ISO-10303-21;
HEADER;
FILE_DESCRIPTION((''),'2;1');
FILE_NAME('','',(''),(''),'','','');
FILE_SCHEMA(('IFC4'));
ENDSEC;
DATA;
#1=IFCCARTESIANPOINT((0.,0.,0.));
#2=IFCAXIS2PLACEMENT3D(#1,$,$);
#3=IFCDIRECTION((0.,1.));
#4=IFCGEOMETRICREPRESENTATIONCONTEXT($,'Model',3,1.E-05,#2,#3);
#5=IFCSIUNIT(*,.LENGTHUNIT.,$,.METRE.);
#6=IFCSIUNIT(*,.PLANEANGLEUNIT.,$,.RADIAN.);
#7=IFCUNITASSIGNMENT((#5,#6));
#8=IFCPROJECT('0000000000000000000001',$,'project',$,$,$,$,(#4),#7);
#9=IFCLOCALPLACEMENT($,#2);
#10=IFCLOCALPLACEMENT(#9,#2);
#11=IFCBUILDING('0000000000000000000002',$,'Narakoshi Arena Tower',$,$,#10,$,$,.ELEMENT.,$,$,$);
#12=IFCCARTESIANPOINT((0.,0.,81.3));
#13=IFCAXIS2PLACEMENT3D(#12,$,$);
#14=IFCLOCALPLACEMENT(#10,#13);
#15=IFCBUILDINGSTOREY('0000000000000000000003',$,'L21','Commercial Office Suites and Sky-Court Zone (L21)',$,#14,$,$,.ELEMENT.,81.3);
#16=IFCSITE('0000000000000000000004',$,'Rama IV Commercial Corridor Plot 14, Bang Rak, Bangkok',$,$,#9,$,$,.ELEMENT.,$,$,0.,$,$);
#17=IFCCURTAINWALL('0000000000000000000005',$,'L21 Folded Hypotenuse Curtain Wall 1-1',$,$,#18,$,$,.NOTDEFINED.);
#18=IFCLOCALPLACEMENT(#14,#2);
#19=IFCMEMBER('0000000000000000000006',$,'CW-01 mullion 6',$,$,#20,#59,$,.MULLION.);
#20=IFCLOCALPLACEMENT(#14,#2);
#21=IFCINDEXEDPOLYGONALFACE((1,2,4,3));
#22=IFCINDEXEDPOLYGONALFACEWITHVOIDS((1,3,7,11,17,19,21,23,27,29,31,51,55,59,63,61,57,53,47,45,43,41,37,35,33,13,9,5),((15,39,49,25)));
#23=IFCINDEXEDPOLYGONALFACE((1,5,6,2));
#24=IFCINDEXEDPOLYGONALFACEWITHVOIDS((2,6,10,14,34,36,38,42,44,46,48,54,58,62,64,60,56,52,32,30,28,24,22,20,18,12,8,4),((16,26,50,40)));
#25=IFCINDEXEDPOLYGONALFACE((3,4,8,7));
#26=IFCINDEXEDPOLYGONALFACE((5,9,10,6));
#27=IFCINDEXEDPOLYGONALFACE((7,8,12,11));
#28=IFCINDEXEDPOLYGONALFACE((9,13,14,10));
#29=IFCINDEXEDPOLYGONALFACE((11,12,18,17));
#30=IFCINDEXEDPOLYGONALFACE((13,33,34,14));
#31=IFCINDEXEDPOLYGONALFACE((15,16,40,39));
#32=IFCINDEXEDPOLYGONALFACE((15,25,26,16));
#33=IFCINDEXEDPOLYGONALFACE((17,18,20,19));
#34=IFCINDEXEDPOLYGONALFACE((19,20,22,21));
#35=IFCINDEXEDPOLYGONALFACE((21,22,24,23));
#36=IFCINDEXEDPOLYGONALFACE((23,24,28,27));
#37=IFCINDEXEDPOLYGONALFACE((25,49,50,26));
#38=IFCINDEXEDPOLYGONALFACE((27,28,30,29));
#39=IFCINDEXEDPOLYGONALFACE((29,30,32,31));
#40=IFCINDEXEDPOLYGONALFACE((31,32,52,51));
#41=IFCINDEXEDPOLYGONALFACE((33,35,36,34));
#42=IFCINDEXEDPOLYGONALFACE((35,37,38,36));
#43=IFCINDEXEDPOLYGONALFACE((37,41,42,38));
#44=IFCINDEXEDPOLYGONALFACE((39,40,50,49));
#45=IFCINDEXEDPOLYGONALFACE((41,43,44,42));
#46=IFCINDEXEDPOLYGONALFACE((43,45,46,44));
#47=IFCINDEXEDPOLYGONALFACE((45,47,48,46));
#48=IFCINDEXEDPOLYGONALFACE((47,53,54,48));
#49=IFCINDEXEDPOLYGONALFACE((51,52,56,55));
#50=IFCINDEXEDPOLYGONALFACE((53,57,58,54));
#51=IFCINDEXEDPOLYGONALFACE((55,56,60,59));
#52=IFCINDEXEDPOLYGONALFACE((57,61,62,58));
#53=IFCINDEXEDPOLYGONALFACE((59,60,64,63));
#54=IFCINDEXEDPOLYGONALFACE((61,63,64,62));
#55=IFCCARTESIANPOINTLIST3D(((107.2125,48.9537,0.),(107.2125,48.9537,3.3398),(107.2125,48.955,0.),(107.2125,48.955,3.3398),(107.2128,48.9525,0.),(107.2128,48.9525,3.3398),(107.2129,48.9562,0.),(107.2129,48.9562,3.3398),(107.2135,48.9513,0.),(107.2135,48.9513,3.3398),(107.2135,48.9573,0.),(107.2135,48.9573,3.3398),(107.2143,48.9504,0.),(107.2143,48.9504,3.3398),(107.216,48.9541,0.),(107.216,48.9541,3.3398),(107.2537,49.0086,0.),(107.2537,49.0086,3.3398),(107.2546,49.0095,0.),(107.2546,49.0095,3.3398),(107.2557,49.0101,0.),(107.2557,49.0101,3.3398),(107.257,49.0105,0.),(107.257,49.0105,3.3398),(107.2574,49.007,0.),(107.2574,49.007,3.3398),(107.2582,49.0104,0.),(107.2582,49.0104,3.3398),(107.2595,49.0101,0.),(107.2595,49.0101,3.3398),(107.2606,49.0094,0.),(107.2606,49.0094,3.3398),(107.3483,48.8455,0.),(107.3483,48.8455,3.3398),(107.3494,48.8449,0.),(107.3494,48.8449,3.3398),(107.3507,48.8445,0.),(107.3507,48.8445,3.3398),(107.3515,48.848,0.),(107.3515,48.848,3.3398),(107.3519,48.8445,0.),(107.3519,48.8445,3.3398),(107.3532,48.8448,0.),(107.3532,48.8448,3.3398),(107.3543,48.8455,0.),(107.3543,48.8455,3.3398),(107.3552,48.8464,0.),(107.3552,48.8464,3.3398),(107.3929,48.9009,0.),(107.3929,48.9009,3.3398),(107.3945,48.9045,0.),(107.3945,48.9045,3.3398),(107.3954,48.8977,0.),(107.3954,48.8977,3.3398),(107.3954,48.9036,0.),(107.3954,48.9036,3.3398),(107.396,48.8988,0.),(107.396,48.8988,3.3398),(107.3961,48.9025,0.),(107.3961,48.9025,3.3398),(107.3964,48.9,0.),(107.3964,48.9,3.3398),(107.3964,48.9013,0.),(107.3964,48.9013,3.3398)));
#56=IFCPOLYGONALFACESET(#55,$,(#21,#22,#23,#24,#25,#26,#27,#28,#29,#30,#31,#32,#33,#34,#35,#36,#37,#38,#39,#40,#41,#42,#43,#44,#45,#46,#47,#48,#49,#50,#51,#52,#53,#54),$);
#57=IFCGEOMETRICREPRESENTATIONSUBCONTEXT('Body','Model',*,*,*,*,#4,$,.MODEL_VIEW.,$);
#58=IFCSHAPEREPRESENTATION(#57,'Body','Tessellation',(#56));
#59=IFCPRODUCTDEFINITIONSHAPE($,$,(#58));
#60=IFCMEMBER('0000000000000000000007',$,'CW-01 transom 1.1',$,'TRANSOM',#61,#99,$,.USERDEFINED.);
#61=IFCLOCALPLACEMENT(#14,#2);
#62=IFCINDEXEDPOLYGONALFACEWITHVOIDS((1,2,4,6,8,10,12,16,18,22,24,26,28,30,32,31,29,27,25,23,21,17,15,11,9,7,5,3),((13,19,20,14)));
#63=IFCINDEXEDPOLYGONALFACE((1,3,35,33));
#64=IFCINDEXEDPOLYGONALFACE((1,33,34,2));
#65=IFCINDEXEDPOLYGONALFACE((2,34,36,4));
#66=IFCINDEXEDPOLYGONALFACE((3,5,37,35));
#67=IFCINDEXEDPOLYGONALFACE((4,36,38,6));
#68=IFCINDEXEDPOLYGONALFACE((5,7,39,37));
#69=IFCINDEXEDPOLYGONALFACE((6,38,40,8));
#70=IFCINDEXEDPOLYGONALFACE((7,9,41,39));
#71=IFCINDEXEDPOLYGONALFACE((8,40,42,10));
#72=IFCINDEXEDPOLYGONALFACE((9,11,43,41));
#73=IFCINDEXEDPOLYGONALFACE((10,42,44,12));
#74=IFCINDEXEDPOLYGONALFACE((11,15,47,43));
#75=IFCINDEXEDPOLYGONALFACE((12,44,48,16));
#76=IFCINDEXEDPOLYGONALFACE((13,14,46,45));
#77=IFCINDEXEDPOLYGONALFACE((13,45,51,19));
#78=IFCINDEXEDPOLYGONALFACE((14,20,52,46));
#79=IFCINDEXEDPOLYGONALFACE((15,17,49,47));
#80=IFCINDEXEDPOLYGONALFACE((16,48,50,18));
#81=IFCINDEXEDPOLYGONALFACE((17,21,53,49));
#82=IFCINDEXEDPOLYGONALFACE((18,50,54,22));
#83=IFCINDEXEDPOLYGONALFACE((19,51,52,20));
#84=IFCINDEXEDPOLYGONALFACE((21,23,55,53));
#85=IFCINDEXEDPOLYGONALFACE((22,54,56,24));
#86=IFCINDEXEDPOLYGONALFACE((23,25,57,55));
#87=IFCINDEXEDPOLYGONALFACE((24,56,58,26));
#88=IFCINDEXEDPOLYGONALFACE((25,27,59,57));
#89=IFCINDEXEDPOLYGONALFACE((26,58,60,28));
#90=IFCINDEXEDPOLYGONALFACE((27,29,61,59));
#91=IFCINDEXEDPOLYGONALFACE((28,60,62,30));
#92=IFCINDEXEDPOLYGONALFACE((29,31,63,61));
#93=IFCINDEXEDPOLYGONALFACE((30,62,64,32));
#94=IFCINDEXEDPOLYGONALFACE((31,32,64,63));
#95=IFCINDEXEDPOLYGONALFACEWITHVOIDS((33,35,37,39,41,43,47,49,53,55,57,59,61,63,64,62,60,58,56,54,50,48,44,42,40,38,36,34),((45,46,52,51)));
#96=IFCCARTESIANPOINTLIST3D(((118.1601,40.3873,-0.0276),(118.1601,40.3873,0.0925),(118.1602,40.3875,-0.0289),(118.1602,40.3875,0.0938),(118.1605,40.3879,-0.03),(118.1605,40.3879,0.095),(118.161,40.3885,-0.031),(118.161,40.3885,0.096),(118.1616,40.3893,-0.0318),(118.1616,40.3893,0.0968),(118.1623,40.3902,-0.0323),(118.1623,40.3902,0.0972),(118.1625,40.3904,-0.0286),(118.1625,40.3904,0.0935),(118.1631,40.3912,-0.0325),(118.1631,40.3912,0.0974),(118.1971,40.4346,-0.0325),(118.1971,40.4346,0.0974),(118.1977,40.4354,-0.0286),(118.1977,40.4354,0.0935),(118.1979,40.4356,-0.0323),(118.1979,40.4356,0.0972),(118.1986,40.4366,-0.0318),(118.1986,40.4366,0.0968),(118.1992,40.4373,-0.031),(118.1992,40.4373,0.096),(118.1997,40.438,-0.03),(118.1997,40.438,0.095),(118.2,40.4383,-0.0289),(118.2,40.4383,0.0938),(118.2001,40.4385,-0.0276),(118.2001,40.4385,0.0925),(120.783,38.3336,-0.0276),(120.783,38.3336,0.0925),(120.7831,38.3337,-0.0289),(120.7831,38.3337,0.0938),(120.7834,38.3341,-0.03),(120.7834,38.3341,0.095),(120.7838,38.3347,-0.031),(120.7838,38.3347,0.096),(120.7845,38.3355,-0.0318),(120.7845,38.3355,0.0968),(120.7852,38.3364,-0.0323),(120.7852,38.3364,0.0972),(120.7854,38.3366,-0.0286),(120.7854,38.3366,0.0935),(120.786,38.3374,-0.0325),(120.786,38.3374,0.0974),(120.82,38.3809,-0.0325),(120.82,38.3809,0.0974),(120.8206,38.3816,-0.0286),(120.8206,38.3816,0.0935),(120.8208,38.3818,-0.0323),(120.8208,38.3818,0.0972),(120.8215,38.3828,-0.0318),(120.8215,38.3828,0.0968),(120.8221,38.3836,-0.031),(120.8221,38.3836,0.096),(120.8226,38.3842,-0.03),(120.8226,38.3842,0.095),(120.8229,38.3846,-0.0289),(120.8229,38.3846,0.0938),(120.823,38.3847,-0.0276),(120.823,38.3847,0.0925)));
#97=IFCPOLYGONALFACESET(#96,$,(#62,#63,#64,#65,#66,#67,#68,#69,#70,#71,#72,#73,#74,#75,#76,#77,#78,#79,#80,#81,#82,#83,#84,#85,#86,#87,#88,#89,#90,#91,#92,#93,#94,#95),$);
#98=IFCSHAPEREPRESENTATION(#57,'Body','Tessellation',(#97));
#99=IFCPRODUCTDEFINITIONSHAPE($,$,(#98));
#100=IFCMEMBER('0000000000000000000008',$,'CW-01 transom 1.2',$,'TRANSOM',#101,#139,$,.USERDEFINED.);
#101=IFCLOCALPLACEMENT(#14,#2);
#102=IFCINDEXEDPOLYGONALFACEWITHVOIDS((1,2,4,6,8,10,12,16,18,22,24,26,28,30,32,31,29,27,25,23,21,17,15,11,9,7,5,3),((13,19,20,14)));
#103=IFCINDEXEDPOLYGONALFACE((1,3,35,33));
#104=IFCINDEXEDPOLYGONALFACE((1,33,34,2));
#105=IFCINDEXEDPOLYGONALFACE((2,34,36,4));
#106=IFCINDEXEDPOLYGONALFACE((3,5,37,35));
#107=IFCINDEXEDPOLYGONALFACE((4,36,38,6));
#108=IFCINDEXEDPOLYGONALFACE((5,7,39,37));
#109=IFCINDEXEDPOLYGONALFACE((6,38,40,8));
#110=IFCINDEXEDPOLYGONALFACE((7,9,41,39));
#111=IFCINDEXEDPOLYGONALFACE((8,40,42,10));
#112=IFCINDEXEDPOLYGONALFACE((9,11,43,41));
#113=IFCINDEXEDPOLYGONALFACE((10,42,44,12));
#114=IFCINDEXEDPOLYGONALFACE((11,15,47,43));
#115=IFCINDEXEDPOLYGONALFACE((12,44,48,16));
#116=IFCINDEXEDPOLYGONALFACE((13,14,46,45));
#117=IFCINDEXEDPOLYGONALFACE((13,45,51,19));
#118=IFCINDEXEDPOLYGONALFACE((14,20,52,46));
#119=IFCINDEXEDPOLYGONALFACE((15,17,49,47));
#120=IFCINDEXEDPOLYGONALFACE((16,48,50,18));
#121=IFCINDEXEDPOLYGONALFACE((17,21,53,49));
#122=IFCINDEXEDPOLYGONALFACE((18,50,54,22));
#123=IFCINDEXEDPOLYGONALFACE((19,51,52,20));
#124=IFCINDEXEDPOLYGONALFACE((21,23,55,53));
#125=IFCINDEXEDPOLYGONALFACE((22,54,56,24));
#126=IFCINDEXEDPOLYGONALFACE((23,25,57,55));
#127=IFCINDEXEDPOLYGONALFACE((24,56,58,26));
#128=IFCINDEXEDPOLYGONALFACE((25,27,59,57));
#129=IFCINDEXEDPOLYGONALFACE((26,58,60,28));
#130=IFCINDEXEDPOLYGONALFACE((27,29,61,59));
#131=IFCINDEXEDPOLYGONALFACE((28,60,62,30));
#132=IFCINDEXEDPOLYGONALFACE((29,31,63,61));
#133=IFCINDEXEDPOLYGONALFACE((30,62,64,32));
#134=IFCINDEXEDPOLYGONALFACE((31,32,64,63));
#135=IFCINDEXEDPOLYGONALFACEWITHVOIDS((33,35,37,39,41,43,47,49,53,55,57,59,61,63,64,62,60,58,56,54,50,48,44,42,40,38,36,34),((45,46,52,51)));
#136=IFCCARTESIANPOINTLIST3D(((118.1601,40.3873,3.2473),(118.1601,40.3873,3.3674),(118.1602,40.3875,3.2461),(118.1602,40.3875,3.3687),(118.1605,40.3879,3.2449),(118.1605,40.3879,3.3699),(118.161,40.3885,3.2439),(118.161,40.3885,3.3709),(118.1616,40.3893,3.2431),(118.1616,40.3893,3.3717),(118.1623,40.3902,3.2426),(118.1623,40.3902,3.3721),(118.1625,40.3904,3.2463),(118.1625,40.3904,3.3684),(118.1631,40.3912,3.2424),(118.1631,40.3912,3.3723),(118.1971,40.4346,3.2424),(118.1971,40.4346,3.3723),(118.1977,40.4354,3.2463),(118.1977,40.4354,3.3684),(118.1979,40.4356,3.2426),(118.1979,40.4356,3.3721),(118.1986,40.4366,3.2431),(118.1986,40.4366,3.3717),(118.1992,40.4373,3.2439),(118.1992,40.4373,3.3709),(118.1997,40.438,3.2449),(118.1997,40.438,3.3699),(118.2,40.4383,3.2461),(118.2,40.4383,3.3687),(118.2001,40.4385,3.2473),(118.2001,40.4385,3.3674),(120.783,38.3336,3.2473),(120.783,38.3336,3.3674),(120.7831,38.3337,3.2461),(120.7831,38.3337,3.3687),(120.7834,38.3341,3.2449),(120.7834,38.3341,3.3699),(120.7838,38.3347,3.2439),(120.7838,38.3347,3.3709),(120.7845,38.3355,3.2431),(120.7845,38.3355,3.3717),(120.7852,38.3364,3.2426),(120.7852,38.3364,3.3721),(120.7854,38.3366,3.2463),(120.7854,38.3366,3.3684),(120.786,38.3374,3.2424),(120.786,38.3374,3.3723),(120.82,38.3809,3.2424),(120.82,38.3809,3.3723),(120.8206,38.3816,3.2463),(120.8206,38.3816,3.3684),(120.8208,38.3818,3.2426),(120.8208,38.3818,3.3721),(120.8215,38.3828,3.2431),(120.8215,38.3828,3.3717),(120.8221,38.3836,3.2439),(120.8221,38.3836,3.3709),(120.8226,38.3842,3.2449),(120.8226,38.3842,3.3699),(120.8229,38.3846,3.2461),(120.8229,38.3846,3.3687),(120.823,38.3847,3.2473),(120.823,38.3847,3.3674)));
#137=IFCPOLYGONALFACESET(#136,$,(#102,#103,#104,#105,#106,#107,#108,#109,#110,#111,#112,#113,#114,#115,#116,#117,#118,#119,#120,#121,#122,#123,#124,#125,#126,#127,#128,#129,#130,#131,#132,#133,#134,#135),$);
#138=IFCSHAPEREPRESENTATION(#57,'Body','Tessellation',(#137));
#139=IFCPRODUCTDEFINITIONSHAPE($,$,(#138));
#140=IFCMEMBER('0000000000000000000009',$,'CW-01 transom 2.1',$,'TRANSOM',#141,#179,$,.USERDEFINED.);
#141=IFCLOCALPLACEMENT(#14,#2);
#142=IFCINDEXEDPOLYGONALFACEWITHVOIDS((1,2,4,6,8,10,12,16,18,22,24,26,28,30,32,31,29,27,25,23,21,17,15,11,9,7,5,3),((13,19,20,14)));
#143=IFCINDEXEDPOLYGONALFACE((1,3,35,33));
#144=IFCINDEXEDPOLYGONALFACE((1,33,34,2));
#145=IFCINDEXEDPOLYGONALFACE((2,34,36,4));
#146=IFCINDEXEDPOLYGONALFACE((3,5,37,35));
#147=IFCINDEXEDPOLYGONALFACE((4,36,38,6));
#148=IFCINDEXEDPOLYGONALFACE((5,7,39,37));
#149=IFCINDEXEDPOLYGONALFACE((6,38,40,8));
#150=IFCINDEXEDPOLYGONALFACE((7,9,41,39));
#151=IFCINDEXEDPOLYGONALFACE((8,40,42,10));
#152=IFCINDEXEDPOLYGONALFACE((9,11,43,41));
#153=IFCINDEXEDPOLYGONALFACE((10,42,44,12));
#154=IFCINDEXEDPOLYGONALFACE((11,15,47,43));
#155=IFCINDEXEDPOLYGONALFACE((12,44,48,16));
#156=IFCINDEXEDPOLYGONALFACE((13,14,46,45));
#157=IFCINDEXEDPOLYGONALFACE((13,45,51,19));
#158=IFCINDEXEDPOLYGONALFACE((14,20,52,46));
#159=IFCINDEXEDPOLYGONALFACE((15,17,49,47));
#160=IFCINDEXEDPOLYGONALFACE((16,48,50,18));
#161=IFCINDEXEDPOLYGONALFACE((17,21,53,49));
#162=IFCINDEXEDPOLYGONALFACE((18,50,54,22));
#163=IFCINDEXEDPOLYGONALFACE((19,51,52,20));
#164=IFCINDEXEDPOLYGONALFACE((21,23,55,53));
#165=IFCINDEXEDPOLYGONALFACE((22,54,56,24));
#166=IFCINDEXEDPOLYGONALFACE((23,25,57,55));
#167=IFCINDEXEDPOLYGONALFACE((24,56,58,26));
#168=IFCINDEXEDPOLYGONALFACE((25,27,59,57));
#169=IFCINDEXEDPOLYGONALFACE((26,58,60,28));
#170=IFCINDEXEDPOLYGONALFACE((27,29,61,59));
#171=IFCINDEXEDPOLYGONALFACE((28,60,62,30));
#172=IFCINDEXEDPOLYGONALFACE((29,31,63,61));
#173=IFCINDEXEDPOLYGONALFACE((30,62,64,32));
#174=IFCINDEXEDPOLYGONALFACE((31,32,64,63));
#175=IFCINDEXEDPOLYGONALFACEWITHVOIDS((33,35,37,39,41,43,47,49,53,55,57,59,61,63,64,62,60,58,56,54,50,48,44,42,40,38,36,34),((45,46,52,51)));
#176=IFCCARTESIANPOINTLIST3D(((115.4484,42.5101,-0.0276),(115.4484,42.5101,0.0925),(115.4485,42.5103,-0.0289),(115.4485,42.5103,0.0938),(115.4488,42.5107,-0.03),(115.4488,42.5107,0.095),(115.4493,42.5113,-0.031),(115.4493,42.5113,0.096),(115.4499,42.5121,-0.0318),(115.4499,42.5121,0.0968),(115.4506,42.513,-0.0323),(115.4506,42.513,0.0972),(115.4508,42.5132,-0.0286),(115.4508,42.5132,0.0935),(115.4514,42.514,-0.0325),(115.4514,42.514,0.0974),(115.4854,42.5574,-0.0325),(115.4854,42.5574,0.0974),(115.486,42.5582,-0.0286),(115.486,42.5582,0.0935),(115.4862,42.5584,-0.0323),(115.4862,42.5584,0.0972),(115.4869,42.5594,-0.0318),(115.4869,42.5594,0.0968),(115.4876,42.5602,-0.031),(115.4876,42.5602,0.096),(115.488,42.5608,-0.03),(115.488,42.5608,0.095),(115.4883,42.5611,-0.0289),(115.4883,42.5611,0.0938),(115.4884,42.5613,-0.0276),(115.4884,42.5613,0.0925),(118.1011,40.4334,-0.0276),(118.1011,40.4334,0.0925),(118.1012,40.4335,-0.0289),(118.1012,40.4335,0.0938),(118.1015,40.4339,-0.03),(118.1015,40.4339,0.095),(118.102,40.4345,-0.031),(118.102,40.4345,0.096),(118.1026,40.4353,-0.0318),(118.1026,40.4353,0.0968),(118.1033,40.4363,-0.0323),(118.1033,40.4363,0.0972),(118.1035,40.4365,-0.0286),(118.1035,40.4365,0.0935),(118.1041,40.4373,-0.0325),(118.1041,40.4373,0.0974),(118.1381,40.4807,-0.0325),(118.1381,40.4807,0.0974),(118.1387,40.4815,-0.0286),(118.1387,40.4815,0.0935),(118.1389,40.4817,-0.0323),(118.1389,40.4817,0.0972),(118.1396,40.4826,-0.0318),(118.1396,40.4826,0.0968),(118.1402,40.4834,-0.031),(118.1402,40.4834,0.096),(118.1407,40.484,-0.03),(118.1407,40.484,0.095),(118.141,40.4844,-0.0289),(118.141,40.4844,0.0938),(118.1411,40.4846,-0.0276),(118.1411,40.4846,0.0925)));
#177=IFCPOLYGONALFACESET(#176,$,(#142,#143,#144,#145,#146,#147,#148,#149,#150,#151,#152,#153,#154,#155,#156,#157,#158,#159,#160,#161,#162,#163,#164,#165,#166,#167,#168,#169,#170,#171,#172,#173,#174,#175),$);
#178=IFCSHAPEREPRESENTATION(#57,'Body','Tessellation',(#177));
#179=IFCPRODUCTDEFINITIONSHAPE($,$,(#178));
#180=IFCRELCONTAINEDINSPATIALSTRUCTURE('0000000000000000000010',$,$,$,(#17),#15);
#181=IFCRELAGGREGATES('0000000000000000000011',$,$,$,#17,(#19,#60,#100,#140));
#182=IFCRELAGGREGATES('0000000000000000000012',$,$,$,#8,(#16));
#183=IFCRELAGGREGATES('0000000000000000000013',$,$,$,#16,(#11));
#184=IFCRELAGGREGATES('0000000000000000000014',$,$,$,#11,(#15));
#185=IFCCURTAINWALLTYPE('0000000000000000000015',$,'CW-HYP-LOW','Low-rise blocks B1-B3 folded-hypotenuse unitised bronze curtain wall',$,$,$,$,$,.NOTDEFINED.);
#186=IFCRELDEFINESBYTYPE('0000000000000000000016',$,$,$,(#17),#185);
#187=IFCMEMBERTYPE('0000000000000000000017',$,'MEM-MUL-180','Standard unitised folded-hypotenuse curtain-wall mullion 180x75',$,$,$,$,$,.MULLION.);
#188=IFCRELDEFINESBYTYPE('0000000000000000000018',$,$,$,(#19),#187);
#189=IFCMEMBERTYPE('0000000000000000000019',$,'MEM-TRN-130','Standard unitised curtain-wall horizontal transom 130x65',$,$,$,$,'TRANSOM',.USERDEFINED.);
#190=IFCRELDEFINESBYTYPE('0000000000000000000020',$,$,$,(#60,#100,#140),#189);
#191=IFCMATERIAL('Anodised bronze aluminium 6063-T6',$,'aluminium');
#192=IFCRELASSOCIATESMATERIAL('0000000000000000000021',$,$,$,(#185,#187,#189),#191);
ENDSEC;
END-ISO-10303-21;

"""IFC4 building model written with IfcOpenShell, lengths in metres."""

from ifc_helpers import new_model, si_unit, direction, frame, origin, origin_2d, place, context, subcontext, project, spatial, hollow_rectangle, extrude, material, material_profile, profile_set, type_object, element, aggregate, save


model = new_model("IFC4")

# Units and contexts
model_context = context("Model", 3, precision=1e-05, world=origin(), true_north=direction((0.0, 1.0)))
body_context = subcontext(model_context, "Body", "Model", "MODEL_VIEW")
ifc_project = project(units=[si_unit("LENGTHUNIT", "METRE"), si_unit("PLANEANGLEUNIT", "RADIAN")], contexts=[model_context])

# Site, building, storey
site_placement = place(None, origin())
site = spatial("IfcSite", under=ifc_project, at=site_placement, Name="Rama IV Commercial Corridor Plot 14, Bang Rak, Bangkok", CompositionType="ELEMENT", RefElevation=0.0)
building_placement = place(site_placement, origin())
building = spatial("IfcBuilding", under=site, at=building_placement, Name="Narakoshi Arena Tower", CompositionType="ELEMENT")
storey_placement = place(building_placement, frame((0.0, 0.0, 81.3)))
storey = spatial("IfcBuildingStorey", under=building, at=storey_placement, Name="L21", Description="Commercial Office Suites and Sky-Court Zone (L21)", CompositionType="ELEMENT", Elevation=81.3)

# Curtain wall, members
ifc_material_1 = material(Name="Anodised bronze aluminium 6063-T6", Category="aluminium")
curtain_wall_type = type_object("IfcCurtainWallType", Name="CW-HYP-LOW", Description="Low-rise blocks B1-B3 folded-hypotenuse unitised bronze curtain wall", PredefinedType="NOTDEFINED", material=ifc_material_1)
curtain_wall_placement = place(storey_placement, origin())
curtain_wall = element("IfcCurtainWall", 1, at=curtain_wall_placement, inside=storey, type_object=curtain_wall_type, Name="L21 Folded Hypotenuse Curtain Wall 1-1", PredefinedType="NOTDEFINED")
ifc_material_profile_1 = material_profile(ifc_material_1, hollow_rectangle(XDim=0.075, YDim=0.1799, WallThickness=0.0039, OuterFilletRadius=0.0049, at=origin_2d()), Name="MUL180x75x4")
ifc_profile_set_1 = profile_set([ifc_material_profile_1], Name="Anodised bronze aluminium 6063-T6")
member_type_1 = type_object("IfcMemberType", Name="MEM-MUL-180", Description="Standard unitised folded-hypotenuse curtain-wall mullion 180x75", PredefinedType="MULLION", material=ifc_profile_set_1)
member_1_placement = place(storey_placement, frame((107.3044, 48.9275, 0.0), z_axis=(0.0, 0.0, 1.0), x_axis=(-0.616458, -0.787388, 0.0)))
member_1 = element("IfcMember", 2, at=member_1_placement, type_object=member_type_1, Name="CW-01 mullion 6", PredefinedType="MULLION", context=body_context, shape_type="SweptSolid", body=[
    extrude(hollow_rectangle(XDim=0.075, YDim=0.1799, WallThickness=0.0039, OuterFilletRadius=0.0049, at=origin_2d()), origin(), (0.0, 0.0, 1.0), 3.3398),
])
ifc_material_profile_2 = material_profile(ifc_material_1, hollow_rectangle(XDim=0.0649, YDim=0.1299, WallThickness=0.0039, OuterFilletRadius=0.0049, at=origin_2d()), Name="TRN130x65x4")
ifc_profile_set_2 = profile_set([ifc_material_profile_2], Name="Anodised bronze aluminium 6063-T6")
member_type_2 = type_object("IfcMemberType", Name="MEM-TRN-130", Description="Standard unitised curtain-wall horizontal transom 130x65", ElementType="TRANSOM", PredefinedType="USERDEFINED", material=ifc_profile_set_2)
member_2_placement = place(storey_placement, frame((120.803, 38.3591, 0.0325), z_axis=(-0.787347, 0.61651, 0.0), x_axis=(-0.61651, -0.787347, 0.0)))
member_2 = element("IfcMember", 3, at=member_2_placement, type_object=member_type_2, Name="CW-01 transom 1.1", ObjectType="TRANSOM", PredefinedType="USERDEFINED", context=body_context, shape_type="SweptSolid", body=[
    extrude(hollow_rectangle(XDim=0.0649, YDim=0.1299, WallThickness=0.0039, OuterFilletRadius=0.0049, at=origin_2d()), origin(), (0.0, 0.0, 1.0), 3.3313),
])
member_3_placement = place(storey_placement, frame((120.803, 38.3591, 3.3074), z_axis=(-0.787347, 0.61651, 0.0), x_axis=(-0.61651, -0.787347, 0.0)))
member_3 = element("IfcMember", 4, at=member_3_placement, type_object=member_type_2, Name="CW-01 transom 1.2", ObjectType="TRANSOM", PredefinedType="USERDEFINED", context=body_context, shape_type="SweptSolid", body=[
    extrude(hollow_rectangle(XDim=0.0649, YDim=0.1299, WallThickness=0.0039, OuterFilletRadius=0.0049, at=origin_2d()), origin(), (0.0, 0.0, 1.0), 3.3313),
])
member_4_placement = place(storey_placement, frame((118.1211, 40.459, 0.0325), z_axis=(-0.787401, 0.616441, 0.0), x_axis=(-0.616441, -0.787401, 0.0)))
member_4 = element("IfcMember", 5, at=member_4_placement, type_object=member_type_2, Name="CW-01 transom 2.1", ObjectType="TRANSOM", PredefinedType="USERDEFINED", context=body_context, shape_type="SweptSolid", body=[
    extrude(hollow_rectangle(XDim=0.0649, YDim=0.1299, WallThickness=0.0039, OuterFilletRadius=0.0049, at=origin_2d()), origin(), (0.0, 0.0, 1.0), 3.3689),
])
aggregate(curtain_wall, [member_1, member_2, member_3, member_4])

save(model, "model.ifc")
